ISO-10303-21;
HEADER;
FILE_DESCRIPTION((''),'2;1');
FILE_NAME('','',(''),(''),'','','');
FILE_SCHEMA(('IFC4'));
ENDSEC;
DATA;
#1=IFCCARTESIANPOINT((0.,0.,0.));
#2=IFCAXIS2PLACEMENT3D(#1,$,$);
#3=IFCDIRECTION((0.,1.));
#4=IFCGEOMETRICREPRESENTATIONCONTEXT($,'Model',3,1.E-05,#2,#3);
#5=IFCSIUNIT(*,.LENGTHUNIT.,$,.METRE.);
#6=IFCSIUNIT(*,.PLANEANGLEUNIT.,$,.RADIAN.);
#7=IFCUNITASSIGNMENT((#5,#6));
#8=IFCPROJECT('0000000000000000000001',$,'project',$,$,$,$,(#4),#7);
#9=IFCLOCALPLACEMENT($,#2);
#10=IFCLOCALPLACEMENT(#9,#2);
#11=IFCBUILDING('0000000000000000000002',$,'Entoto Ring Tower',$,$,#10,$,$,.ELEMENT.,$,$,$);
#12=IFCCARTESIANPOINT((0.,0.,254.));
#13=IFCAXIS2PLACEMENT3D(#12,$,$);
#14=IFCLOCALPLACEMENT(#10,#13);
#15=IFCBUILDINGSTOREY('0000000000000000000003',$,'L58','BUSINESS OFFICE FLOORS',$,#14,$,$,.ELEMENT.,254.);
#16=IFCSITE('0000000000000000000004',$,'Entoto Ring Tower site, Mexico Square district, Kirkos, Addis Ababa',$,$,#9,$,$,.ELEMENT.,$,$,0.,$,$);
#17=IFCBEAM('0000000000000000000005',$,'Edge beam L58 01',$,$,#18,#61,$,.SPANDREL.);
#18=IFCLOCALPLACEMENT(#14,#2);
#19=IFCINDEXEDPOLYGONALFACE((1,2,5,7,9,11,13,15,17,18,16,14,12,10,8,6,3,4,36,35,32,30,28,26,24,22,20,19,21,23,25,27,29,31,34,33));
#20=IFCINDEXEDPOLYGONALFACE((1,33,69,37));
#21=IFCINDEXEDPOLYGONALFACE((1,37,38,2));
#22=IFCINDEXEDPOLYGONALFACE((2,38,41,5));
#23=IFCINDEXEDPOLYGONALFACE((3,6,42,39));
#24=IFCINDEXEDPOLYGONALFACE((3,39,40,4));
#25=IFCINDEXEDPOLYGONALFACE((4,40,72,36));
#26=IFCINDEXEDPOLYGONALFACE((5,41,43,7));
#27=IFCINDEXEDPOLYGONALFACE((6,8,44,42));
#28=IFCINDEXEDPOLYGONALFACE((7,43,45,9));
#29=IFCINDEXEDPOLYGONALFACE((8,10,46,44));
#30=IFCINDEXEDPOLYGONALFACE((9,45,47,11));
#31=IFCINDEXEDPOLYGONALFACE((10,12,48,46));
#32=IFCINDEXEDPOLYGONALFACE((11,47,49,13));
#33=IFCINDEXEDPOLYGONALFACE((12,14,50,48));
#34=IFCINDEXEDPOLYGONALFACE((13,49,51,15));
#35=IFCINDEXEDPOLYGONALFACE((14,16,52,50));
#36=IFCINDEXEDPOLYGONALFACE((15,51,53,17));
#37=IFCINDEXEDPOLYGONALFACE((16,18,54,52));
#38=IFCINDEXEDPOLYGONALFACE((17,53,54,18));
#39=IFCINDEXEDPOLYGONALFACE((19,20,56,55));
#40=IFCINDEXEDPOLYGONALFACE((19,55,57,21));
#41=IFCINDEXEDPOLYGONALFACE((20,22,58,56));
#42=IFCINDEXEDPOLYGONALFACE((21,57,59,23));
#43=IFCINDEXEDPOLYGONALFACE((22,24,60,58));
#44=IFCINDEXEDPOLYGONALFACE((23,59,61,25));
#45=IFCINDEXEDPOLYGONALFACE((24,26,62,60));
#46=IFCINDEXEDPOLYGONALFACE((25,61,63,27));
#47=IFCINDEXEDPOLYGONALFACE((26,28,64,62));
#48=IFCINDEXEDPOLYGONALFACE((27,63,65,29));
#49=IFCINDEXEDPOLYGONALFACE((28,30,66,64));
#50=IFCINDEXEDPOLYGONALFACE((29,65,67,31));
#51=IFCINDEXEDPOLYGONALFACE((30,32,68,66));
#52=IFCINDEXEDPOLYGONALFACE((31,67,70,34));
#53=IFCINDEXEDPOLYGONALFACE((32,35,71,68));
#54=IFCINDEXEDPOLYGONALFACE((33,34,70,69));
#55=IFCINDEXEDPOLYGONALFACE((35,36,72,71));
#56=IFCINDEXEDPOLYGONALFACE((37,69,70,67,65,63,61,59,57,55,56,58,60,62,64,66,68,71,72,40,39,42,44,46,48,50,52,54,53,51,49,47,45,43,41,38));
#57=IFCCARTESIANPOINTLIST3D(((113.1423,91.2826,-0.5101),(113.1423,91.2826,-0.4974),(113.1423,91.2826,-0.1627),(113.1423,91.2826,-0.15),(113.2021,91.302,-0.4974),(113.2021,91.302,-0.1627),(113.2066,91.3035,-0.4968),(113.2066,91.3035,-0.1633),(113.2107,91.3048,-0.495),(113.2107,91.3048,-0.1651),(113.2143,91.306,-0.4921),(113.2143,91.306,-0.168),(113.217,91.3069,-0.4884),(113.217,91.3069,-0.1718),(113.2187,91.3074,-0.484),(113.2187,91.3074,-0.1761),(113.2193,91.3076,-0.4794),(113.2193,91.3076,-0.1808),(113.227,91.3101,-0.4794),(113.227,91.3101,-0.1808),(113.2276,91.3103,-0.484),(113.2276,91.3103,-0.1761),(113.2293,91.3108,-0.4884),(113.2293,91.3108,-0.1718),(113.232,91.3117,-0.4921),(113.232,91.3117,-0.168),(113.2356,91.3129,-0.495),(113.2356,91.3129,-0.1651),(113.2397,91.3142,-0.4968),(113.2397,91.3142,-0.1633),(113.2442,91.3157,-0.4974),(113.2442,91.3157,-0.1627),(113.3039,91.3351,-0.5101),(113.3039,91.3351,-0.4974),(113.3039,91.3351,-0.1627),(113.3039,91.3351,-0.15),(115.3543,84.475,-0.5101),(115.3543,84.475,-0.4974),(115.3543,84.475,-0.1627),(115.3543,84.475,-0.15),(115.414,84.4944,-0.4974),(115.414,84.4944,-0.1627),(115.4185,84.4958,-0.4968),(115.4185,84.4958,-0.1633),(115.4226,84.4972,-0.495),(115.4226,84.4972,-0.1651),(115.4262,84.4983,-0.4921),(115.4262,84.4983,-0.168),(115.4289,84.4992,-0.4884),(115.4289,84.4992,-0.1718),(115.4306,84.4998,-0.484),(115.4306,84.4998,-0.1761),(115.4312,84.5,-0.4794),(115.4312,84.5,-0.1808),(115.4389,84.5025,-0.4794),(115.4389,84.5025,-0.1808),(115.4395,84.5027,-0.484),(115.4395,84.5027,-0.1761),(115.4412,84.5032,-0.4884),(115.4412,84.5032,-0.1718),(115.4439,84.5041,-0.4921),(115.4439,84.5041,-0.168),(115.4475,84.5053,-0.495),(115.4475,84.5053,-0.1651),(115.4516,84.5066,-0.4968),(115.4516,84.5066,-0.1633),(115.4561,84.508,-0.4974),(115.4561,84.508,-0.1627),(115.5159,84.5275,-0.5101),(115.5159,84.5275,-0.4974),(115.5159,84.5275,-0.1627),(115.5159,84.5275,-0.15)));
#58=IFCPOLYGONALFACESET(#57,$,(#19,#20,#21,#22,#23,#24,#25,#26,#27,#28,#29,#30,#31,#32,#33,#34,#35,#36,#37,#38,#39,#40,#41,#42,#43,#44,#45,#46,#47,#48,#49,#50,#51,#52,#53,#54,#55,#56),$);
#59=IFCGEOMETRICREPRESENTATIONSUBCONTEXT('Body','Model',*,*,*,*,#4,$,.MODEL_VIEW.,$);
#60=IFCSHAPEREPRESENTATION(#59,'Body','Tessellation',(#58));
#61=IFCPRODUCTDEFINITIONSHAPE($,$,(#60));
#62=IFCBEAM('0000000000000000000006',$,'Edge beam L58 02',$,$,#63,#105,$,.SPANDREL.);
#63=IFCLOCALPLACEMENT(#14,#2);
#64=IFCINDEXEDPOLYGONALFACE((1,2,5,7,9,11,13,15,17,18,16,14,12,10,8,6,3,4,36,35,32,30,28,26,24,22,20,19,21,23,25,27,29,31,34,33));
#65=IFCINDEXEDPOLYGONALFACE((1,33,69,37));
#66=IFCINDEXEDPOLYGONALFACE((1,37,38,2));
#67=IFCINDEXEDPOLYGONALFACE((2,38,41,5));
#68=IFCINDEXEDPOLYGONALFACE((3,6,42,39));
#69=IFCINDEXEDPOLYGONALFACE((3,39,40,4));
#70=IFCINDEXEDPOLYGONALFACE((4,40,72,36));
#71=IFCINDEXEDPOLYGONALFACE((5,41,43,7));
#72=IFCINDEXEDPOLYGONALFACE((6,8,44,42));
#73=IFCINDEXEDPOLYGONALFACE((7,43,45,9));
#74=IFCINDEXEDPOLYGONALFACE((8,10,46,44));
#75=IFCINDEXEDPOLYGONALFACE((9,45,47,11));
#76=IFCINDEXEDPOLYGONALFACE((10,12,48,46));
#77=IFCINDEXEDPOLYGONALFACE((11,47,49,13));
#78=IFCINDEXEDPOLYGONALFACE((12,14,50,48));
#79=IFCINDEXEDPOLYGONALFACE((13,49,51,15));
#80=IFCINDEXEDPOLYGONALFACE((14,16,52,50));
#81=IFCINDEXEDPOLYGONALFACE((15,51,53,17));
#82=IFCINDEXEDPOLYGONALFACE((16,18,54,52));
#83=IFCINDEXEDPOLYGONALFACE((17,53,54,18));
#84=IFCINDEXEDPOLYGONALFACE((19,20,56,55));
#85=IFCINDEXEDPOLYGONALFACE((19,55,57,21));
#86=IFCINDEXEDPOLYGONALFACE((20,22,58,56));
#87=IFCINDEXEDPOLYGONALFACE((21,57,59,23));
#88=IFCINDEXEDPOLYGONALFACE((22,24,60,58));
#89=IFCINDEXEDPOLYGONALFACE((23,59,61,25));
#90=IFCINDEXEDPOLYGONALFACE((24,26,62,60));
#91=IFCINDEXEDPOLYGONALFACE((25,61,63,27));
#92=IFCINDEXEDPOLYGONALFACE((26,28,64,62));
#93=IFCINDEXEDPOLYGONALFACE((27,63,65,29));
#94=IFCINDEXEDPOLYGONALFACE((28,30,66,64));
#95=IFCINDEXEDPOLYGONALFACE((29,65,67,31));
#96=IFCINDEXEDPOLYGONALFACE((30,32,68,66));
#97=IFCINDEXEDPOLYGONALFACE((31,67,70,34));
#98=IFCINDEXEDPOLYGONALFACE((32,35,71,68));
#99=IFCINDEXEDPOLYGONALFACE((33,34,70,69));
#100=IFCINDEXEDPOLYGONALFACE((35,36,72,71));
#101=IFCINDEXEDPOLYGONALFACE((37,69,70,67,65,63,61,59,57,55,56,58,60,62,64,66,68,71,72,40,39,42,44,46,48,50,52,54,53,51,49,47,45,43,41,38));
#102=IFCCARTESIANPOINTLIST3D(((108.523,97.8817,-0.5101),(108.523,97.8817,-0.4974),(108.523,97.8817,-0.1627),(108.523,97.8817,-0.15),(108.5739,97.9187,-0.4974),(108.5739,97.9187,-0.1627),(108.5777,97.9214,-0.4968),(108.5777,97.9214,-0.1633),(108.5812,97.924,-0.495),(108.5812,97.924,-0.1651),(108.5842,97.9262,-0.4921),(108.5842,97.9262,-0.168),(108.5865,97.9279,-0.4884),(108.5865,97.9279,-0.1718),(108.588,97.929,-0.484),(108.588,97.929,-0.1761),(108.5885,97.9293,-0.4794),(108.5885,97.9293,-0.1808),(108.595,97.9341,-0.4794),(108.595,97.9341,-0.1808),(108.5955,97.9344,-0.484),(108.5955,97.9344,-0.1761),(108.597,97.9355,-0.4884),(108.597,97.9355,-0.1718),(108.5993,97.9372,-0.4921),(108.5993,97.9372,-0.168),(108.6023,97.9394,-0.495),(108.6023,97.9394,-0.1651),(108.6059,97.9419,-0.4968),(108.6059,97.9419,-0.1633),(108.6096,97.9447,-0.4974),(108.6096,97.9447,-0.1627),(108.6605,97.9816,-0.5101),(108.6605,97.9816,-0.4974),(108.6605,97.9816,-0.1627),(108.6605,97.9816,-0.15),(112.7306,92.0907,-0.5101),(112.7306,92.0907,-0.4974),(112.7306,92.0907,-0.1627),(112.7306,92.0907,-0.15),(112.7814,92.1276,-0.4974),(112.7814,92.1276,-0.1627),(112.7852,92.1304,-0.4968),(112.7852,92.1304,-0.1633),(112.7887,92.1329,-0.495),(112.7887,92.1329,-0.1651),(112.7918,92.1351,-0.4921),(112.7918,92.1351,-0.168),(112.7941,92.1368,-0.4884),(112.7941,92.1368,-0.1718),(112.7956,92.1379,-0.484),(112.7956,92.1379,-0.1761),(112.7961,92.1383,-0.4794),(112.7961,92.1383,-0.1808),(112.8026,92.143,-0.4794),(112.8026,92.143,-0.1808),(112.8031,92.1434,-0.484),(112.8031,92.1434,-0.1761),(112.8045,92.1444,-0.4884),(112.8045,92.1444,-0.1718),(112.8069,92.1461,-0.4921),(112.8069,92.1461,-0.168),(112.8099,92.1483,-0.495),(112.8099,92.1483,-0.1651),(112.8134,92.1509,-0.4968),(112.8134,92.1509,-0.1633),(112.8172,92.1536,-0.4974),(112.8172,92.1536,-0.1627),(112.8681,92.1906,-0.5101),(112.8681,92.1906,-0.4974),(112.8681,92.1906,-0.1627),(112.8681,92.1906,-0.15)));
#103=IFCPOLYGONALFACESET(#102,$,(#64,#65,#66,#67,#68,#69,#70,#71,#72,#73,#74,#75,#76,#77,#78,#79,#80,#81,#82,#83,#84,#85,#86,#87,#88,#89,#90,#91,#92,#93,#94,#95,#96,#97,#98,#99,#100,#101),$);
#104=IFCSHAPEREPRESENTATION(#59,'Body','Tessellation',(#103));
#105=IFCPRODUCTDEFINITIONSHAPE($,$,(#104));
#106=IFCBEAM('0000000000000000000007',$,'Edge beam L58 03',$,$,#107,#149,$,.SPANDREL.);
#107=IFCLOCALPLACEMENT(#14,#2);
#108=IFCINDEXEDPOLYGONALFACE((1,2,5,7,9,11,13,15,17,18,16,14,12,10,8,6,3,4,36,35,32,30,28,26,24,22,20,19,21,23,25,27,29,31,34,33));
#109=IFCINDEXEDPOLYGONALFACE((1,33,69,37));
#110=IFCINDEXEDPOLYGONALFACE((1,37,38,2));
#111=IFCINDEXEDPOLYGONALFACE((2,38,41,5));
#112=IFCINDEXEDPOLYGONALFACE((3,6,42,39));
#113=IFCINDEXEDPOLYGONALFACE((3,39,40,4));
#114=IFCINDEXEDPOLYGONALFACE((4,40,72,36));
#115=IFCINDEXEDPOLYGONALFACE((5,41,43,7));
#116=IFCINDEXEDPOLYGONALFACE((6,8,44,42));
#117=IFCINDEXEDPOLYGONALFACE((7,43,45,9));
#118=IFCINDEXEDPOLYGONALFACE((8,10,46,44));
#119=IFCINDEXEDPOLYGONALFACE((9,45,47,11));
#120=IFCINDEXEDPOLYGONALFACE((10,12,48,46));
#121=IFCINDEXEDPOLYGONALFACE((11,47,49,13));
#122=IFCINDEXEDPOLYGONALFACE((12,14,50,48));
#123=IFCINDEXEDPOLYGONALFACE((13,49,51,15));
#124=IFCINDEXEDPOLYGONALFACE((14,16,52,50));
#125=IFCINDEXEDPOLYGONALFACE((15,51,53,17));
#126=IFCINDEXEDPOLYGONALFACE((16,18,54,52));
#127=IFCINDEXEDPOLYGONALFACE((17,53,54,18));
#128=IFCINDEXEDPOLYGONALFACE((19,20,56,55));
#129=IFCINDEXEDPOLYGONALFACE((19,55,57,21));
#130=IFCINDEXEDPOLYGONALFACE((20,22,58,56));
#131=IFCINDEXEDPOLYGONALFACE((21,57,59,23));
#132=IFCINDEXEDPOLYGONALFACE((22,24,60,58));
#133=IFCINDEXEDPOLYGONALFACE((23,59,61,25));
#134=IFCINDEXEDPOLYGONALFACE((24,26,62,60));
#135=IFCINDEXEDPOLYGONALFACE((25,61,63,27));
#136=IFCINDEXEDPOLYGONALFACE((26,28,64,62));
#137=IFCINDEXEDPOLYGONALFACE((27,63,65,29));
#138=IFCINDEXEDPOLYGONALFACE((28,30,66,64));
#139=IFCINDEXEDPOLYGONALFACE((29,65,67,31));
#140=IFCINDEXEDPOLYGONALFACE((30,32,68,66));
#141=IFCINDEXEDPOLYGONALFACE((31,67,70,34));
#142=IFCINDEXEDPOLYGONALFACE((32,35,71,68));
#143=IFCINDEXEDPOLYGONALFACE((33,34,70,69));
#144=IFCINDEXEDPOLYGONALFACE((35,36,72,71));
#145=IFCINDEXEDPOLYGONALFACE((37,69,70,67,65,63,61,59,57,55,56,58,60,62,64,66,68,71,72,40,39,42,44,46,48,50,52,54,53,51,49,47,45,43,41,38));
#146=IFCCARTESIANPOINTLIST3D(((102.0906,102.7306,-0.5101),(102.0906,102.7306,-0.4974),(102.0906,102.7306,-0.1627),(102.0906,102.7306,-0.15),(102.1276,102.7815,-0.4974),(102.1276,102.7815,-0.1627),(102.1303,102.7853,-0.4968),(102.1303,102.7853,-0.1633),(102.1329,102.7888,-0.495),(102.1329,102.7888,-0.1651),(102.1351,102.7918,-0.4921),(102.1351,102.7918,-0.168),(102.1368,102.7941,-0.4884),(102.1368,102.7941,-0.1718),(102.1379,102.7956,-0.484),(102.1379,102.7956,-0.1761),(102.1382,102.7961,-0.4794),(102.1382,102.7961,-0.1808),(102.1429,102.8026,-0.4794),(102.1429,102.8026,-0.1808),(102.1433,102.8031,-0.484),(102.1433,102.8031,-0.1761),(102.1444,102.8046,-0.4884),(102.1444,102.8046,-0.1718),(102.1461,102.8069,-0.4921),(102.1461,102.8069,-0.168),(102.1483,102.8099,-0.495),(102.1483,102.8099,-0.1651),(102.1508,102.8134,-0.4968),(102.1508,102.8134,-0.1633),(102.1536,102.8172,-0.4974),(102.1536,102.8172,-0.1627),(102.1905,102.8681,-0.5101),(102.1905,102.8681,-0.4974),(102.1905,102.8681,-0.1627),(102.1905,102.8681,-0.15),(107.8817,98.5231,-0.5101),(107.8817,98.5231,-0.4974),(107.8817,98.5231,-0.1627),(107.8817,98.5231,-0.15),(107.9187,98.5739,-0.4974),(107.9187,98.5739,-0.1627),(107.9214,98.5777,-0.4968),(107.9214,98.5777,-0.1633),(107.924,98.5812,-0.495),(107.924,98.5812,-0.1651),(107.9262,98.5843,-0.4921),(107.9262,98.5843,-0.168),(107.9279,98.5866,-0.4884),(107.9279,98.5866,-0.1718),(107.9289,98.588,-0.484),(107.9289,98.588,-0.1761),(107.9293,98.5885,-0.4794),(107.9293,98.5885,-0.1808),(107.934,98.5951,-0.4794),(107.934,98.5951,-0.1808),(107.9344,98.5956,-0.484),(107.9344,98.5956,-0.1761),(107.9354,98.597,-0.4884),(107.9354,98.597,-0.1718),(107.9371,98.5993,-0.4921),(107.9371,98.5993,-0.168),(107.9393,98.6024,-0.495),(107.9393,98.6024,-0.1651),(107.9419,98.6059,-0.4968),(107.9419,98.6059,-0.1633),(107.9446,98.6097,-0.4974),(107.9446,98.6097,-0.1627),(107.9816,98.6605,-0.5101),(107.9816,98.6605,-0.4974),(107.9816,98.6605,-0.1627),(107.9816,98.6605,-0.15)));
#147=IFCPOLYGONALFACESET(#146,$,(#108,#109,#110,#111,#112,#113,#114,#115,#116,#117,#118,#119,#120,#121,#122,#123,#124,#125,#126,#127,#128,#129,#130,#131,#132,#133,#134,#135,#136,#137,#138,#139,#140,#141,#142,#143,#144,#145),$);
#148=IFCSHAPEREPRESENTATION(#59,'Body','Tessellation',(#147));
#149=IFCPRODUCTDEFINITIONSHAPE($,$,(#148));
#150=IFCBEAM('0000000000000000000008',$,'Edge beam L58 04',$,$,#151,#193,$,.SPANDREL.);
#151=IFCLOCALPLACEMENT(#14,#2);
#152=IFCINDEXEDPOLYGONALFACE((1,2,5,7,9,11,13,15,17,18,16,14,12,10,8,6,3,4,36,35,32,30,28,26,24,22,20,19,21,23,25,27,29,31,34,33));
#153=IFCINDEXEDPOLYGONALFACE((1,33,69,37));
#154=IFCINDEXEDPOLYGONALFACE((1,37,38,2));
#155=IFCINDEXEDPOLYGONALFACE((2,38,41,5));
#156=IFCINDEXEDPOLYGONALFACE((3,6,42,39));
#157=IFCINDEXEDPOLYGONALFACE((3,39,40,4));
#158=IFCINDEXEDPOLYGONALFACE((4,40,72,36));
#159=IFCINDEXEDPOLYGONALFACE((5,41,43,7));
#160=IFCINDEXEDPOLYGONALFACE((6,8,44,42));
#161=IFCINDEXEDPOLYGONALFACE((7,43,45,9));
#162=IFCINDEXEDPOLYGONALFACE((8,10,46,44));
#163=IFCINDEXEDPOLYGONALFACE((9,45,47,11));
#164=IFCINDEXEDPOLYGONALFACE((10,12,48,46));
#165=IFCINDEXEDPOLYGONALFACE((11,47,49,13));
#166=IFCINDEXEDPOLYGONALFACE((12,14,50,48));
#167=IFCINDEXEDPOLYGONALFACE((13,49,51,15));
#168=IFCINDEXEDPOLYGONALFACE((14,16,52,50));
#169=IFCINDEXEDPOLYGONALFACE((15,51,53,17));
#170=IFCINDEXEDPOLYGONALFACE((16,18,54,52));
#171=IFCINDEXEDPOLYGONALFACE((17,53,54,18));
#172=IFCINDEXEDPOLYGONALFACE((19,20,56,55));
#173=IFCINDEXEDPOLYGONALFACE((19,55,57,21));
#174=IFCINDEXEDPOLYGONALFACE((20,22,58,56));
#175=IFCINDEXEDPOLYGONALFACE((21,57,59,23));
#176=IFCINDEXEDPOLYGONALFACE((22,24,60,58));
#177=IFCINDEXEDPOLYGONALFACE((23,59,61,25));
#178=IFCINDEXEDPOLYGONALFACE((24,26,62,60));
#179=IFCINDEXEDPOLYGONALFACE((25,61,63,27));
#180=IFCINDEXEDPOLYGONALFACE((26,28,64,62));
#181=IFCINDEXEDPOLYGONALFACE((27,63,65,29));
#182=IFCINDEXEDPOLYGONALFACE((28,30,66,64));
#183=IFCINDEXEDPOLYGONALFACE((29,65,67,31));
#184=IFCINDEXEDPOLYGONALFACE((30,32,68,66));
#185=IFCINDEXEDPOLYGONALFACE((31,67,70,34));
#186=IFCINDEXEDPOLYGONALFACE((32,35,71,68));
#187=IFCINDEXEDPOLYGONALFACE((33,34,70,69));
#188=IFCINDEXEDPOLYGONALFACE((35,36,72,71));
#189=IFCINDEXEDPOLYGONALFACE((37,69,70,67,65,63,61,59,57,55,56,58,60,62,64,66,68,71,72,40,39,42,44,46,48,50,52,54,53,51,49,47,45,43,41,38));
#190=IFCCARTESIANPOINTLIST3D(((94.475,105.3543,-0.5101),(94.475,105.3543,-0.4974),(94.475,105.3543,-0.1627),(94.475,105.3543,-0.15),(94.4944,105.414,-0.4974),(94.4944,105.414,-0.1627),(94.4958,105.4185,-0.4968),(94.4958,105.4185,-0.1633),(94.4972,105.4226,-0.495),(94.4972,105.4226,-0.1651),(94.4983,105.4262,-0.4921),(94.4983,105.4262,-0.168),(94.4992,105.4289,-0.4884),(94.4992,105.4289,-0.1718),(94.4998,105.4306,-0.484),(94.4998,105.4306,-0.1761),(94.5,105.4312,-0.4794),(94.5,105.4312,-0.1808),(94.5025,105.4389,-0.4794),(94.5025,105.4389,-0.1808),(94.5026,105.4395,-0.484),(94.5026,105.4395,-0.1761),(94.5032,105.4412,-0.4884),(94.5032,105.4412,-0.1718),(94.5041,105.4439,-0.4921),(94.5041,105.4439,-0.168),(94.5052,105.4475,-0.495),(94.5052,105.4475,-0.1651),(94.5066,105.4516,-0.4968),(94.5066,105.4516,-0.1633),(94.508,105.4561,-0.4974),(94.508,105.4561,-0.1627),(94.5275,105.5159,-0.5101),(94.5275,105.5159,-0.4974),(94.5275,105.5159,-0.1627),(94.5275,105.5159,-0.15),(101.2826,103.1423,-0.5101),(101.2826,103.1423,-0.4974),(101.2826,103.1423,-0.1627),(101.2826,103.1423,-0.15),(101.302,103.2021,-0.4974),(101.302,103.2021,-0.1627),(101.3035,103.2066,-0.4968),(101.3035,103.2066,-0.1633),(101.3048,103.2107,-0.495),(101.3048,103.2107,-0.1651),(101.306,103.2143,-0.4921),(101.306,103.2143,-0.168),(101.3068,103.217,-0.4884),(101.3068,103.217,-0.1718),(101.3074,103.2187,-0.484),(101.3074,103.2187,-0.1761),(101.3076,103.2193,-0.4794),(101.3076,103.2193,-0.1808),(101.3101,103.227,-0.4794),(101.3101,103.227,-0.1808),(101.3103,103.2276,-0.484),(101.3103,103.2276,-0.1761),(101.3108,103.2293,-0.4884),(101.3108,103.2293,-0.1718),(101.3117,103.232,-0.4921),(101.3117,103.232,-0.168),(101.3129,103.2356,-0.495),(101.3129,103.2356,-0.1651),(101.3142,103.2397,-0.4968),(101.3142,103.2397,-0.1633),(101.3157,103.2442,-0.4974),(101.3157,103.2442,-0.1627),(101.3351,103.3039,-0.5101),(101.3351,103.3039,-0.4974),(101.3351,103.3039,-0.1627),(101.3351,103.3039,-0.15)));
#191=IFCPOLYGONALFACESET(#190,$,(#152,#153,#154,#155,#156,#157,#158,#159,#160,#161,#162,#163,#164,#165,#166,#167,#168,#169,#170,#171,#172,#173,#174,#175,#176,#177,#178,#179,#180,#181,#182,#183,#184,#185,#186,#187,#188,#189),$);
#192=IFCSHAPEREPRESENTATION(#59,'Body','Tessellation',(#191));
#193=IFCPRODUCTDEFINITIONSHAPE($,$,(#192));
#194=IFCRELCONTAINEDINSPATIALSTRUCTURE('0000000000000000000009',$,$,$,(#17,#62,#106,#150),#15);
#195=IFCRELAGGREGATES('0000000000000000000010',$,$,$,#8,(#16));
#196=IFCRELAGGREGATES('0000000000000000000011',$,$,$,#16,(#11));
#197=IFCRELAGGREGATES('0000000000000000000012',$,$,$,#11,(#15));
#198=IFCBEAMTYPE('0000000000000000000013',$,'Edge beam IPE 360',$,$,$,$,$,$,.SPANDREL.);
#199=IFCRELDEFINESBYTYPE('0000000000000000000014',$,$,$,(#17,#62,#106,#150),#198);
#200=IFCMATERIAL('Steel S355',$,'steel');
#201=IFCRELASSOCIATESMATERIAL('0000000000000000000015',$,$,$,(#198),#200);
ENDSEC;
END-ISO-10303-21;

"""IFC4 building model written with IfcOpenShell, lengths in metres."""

from ifc_helpers import new_model, si_unit, direction, frame, origin, origin_2d, place, context, subcontext, project, spatial, i_section, extrude, material, material_profile, profile_set, type_object, element, save


model = new_model("IFC4")

# Units and contexts
model_context = context("Model", 3, precision=1e-05, world=origin(), true_north=direction((0.0, 1.0)))
body_context = subcontext(model_context, "Body", "Model", "MODEL_VIEW")
ifc_project = project(units=[si_unit("LENGTHUNIT", "METRE"), si_unit("PLANEANGLEUNIT", "RADIAN")], contexts=[model_context])

# Site, building, storey
site_placement = place(None, origin())
site = spatial("IfcSite", under=ifc_project, at=site_placement, Name="Entoto Ring Tower site, Mexico Square district, Kirkos, Addis Ababa", CompositionType="ELEMENT", RefElevation=0.0)
building_placement = place(site_placement, origin())
building = spatial("IfcBuilding", under=site, at=building_placement, Name="Entoto Ring Tower", CompositionType="ELEMENT")
storey_placement = place(building_placement, frame((0.0, 0.0, 254.0)))
storey = spatial("IfcBuildingStorey", under=building, at=storey_placement, Name="L58", Description="BUSINESS OFFICE FLOORS", CompositionType="ELEMENT", Elevation=254.0)

# Beams
ifc_material_1 = material(Name="Steel S355", Category="steel")
ifc_material_profile_1 = material_profile(ifc_material_1, i_section(OverallWidth=0.1699, OverallDepth=0.3601, WebThickness=0.0081, FlangeThickness=0.0127, FilletRadius=0.0181, at=origin_2d()), Name="IPE 360")
ifc_profile_set_1 = profile_set([ifc_material_profile_1], Name="Steel S355")
beam_type_1 = type_object("IfcBeamType", Name="Edge beam IPE 360", PredefinedType="SPANDREL", material=ifc_profile_set_1)
beam_1_placement = place(storey_placement, frame((115.4351, 84.5012, -0.3301), z_axis=(-0.309015, 0.951057, 0.0), x_axis=(-0.951057, -0.309015, 0.0)))
element("IfcBeam", 1, at=beam_1_placement, inside=storey, type_object=beam_type_1, Name="Edge beam L58 01", PredefinedType="SPANDREL", context=body_context, shape_type="SweptSolid", body=[
    extrude(i_section(OverallWidth=0.1699, OverallDepth=0.3601, WebThickness=0.0081, FlangeThickness=0.0127, FilletRadius=0.0181, at=origin_2d()), origin(), (0.0, 0.0, 1.0), 7.158),
])
for number, where, z_axis, x_axis, name in (
    (2, (112.7993, 92.1406, -0.3301), (-0.587794, 0.80901, 0.0), (-0.80901, -0.587794, 0.0), "Edge beam L58 02"),
    (3, (107.9316, 98.5918, -0.3301), (-0.80901, 0.587794, 0.0), (-0.587794, -0.80901, 0.0), "Edge beam L58 03"),
):
    element("IfcBeam", number, at=place(storey_placement, frame(where, z_axis=z_axis, x_axis=x_axis)), inside=storey, type_object=beam_type_1, Name=name, PredefinedType="SPANDREL", context=body_context, shape_type="SweptSolid", body=[
        extrude(i_section(OverallWidth=0.1699, OverallDepth=0.3601, WebThickness=0.0081, FlangeThickness=0.0127, FilletRadius=0.0181, at=origin_2d()), origin(), (0.0, 0.0, 1.0), 7.1582),
    ])
beam_2_placement = place(storey_placement, frame((101.3088, 103.2231, -0.3301), z_axis=(-0.951057, 0.309015, 0.0), x_axis=(-0.309015, -0.951057, 0.0)))
element("IfcBeam", 4, at=beam_2_placement, inside=storey, type_object=beam_type_1, Name="Edge beam L58 04", PredefinedType="SPANDREL", context=body_context, shape_type="SweptSolid", body=[
    extrude(i_section(OverallWidth=0.1699, OverallDepth=0.3601, WebThickness=0.0081, FlangeThickness=0.0127, FilletRadius=0.0181, at=origin_2d()), origin(), (0.0, 0.0, 1.0), 7.158),
])

save(model, "model.ifc")
